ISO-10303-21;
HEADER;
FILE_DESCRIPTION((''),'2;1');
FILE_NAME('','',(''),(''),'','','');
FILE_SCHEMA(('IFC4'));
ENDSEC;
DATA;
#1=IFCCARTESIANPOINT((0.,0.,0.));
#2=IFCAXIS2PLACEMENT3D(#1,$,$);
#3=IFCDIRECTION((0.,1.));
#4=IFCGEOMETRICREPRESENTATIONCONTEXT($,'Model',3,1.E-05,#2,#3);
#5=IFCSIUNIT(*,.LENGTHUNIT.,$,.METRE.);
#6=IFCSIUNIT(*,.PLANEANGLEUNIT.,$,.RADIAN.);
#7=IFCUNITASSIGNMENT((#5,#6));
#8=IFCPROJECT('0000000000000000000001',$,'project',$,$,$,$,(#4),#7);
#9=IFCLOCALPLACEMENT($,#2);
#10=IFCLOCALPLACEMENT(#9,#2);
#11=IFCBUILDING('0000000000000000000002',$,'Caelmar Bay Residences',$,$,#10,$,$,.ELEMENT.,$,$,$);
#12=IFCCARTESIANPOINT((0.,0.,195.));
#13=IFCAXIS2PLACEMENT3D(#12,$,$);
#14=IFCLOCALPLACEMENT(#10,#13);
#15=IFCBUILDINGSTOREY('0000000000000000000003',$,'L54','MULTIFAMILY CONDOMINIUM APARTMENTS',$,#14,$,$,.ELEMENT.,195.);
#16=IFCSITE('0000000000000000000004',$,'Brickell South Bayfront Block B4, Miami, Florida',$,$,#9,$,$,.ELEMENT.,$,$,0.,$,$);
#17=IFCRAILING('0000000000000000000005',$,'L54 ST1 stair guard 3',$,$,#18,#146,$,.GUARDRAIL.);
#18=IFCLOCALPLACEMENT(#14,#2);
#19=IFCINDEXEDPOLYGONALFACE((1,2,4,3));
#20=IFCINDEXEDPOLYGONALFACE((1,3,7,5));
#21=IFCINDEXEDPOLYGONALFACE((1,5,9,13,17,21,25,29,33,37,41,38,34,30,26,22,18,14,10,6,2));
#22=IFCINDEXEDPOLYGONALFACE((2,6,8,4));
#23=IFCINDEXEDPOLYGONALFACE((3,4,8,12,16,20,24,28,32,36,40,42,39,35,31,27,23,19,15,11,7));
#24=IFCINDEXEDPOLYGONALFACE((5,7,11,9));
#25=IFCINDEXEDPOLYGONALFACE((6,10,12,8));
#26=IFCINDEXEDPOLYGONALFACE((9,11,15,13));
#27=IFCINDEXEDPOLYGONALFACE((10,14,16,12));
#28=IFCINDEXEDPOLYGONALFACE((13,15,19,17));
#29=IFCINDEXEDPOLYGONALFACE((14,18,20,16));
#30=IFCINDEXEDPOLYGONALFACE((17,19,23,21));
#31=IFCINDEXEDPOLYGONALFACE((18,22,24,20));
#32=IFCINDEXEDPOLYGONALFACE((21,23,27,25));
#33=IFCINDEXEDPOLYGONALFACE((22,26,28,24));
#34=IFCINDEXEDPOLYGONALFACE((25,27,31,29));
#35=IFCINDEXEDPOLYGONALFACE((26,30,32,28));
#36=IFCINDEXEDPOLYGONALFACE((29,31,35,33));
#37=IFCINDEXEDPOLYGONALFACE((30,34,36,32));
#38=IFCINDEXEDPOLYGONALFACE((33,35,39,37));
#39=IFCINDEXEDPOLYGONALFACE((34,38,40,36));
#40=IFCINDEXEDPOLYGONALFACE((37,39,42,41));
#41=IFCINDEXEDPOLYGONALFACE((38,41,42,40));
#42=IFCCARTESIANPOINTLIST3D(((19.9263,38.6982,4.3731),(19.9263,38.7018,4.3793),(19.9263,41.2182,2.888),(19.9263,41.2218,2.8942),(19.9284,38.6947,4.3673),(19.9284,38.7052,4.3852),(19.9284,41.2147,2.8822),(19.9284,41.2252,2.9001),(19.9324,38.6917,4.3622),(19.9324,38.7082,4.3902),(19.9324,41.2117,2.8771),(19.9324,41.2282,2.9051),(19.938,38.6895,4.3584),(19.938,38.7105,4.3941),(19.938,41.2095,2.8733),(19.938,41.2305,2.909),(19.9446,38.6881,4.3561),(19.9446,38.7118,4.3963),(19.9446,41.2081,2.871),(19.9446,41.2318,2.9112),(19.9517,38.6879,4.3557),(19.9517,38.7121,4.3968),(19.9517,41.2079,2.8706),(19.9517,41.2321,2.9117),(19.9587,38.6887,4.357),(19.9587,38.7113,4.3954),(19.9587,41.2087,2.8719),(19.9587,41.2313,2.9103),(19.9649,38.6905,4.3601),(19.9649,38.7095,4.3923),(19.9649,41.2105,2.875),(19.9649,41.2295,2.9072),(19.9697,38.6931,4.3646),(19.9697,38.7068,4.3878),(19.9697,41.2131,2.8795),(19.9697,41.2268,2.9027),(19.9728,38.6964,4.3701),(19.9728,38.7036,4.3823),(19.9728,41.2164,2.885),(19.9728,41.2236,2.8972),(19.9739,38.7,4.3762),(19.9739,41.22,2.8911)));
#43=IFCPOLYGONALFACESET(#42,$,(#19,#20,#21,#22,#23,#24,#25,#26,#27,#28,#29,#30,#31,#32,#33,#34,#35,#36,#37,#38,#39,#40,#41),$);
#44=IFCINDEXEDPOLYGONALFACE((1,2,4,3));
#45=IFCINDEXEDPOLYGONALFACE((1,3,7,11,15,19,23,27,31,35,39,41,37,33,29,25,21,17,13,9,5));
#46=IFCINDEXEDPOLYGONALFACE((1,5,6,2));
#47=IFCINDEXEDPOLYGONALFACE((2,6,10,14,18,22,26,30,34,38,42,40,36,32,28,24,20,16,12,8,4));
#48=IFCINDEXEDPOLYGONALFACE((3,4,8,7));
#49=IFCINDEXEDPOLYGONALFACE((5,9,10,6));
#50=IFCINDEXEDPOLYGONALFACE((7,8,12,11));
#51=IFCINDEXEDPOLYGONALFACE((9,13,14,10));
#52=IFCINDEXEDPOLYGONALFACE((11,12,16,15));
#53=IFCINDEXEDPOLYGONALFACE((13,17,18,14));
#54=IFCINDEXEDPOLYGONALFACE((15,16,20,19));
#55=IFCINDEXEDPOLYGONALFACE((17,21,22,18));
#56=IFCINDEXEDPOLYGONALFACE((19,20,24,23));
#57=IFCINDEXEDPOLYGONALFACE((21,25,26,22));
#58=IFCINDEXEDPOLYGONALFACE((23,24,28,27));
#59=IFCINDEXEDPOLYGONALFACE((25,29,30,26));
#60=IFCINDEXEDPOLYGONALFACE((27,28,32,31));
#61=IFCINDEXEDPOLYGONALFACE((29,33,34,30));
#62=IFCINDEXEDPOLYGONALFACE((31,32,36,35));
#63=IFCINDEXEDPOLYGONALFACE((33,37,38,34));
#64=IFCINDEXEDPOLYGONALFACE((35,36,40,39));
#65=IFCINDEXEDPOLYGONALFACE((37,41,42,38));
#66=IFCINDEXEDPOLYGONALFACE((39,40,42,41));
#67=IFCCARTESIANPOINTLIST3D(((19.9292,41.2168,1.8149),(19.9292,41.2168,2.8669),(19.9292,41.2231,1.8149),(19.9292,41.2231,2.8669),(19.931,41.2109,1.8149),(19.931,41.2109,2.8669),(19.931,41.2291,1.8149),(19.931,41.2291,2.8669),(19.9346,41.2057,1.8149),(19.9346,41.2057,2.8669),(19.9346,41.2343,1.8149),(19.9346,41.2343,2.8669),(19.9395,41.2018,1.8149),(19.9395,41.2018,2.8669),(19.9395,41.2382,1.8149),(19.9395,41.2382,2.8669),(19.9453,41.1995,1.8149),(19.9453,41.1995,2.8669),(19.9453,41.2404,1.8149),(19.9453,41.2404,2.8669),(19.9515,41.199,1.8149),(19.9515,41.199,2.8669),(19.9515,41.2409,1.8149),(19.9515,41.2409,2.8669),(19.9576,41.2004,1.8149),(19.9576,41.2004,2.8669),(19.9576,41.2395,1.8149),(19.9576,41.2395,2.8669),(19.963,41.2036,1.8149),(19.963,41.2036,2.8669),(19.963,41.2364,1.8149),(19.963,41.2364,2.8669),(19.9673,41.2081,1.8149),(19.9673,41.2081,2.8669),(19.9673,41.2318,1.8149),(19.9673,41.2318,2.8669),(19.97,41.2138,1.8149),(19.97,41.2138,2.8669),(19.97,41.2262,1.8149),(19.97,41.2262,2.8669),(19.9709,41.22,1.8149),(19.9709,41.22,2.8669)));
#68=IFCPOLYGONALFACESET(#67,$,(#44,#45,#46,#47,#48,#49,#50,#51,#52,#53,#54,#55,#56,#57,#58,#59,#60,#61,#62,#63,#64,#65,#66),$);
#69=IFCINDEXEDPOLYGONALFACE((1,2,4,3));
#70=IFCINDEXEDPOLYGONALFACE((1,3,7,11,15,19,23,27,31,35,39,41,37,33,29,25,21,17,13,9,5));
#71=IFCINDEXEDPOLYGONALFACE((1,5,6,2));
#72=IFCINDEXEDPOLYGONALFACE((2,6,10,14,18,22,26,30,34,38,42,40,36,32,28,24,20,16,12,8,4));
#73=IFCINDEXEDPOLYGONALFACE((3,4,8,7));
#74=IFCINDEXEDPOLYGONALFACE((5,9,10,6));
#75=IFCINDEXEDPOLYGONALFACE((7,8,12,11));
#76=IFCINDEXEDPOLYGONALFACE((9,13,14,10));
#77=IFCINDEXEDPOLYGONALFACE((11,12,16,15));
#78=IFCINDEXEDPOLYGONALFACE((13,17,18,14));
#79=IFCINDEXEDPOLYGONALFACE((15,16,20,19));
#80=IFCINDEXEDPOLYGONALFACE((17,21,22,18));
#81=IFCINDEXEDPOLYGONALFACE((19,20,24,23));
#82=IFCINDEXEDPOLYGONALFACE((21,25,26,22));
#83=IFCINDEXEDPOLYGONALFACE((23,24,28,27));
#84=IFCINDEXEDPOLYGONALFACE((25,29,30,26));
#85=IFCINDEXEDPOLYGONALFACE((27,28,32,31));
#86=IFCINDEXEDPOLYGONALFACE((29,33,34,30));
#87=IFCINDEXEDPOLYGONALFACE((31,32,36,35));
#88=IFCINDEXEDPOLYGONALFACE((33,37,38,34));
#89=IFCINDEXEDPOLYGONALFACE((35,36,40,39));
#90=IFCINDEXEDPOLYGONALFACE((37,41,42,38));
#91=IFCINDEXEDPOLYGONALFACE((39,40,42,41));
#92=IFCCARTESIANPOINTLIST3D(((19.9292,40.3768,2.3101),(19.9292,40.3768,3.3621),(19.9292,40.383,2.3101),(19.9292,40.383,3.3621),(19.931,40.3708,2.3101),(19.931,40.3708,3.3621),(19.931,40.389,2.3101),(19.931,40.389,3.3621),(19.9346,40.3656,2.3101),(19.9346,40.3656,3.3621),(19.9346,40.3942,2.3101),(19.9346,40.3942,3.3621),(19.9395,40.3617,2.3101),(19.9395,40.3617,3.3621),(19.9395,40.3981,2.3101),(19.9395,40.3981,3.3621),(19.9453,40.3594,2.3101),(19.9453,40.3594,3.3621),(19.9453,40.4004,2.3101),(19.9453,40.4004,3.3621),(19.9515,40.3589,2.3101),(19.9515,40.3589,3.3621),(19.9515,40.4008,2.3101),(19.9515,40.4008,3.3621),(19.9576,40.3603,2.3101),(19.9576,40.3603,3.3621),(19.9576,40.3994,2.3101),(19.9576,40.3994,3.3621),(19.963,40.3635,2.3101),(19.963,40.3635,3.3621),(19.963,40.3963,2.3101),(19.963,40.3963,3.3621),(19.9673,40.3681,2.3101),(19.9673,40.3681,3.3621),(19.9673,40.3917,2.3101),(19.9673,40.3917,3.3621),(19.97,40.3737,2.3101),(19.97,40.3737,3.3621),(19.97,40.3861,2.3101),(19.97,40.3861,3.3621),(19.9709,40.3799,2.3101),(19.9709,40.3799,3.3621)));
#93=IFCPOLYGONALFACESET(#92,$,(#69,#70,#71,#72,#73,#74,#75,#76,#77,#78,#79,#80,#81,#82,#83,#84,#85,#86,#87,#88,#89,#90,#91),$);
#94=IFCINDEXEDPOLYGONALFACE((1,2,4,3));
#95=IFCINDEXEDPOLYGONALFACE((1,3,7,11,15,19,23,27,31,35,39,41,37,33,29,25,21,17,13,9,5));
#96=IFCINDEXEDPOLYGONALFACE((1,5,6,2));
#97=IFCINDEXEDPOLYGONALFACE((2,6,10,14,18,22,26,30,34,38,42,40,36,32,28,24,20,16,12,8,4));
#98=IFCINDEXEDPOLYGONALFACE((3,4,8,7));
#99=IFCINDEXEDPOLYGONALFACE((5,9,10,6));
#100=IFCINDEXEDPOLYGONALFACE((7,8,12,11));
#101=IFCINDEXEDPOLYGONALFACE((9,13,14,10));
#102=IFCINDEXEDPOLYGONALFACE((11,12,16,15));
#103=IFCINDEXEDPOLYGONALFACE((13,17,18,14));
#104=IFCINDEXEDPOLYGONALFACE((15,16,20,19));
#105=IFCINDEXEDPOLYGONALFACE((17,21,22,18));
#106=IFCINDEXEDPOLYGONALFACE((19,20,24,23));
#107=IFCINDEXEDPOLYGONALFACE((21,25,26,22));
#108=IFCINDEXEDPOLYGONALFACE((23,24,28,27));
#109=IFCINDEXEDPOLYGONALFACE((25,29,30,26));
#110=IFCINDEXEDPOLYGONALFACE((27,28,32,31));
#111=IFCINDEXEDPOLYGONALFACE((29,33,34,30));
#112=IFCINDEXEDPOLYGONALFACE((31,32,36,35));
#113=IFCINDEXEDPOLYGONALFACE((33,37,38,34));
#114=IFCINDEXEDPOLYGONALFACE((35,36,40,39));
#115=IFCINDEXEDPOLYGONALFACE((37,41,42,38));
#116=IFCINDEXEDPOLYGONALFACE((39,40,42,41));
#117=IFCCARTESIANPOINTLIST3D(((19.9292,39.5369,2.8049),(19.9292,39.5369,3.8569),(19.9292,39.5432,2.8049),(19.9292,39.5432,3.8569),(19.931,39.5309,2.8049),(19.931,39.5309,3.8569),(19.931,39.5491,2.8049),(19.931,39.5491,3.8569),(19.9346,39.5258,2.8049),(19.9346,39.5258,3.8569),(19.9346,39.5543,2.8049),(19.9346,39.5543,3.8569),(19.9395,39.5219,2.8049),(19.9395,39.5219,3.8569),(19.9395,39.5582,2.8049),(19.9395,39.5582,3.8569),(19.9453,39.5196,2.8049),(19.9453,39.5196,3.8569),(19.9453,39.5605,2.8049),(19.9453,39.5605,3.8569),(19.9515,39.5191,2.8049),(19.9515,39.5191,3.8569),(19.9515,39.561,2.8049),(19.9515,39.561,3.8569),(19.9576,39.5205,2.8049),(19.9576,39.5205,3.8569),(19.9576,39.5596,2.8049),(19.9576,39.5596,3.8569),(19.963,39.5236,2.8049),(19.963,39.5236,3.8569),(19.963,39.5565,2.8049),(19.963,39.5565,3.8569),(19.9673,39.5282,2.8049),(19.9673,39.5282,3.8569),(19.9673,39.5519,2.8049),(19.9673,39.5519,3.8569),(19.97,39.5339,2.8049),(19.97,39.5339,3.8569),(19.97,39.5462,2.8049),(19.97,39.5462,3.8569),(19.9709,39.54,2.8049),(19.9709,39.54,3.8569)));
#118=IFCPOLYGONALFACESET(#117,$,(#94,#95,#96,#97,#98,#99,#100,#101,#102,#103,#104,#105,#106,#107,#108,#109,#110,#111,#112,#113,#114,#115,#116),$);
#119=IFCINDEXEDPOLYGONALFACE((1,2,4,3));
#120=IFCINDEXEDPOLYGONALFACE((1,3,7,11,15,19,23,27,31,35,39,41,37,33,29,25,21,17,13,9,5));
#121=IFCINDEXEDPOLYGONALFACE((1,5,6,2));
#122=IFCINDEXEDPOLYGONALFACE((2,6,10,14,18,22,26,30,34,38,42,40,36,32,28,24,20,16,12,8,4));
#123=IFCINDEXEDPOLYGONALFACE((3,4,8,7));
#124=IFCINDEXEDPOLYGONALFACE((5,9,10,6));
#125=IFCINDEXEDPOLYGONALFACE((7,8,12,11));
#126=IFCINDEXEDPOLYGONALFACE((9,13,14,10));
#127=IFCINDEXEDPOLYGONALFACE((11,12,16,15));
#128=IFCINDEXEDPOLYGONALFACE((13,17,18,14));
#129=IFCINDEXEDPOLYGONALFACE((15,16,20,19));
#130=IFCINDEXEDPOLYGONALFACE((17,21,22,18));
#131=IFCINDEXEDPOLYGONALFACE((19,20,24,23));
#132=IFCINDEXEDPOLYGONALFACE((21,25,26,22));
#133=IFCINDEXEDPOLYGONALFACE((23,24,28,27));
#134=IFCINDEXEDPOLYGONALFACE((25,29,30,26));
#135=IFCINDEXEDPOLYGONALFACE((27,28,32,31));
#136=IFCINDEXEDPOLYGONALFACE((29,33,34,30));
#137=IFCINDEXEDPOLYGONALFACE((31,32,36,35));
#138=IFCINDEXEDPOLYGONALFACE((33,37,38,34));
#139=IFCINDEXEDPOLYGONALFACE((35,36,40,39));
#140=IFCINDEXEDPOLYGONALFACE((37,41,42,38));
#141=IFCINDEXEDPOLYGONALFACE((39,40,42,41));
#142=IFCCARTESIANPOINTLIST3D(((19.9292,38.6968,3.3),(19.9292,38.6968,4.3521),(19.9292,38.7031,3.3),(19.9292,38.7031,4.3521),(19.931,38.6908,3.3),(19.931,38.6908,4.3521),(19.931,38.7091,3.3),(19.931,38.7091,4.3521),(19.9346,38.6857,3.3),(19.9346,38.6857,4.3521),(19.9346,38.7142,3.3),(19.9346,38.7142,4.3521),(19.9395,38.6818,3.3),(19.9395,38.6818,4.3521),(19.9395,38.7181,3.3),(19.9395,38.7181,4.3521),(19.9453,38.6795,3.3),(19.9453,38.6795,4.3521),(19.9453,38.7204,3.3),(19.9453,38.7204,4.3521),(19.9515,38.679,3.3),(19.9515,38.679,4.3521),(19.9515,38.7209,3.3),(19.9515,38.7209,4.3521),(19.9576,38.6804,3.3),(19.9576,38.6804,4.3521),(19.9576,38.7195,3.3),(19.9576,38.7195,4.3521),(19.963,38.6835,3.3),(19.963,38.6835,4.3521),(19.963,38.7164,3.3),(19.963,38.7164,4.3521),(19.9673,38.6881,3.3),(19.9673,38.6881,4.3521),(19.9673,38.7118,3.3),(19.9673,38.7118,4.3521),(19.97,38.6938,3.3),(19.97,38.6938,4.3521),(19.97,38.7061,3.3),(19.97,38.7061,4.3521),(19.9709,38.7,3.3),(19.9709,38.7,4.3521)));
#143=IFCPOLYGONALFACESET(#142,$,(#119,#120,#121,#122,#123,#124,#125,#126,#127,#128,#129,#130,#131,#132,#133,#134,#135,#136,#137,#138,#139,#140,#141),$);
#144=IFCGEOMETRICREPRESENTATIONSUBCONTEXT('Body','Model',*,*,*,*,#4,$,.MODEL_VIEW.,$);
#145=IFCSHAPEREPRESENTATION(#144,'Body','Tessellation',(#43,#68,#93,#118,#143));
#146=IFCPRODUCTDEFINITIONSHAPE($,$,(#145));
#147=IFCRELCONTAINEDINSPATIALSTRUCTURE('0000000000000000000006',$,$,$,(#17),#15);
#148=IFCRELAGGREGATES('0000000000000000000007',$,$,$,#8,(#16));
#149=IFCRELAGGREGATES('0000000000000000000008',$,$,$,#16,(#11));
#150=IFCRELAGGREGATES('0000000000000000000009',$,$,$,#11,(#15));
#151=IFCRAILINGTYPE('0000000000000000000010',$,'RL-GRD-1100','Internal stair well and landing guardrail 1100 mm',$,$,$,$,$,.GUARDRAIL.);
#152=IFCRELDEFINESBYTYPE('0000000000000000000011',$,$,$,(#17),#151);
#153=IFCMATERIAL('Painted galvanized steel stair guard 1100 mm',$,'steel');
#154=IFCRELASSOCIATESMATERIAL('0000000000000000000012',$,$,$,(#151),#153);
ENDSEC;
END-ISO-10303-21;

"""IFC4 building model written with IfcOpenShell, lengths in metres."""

from ifc_helpers import new_model, si_unit, direction, frame, origin, origin_2d, place, context, subcontext, project, spatial, circle, extrude, material, type_object, element, save


model = new_model("IFC4")

# Units and contexts
model_context = context("Model", 3, precision=1e-05, world=origin(), true_north=direction((0.0, 1.0)))
body_context = subcontext(model_context, "Body", "Model", "MODEL_VIEW")
ifc_project = project(units=[si_unit("LENGTHUNIT", "METRE"), si_unit("PLANEANGLEUNIT", "RADIAN")], contexts=[model_context])

# Site, building, storey
site_placement = place(None, origin())
site = spatial("IfcSite", under=ifc_project, at=site_placement, Name="Brickell South Bayfront Block B4, Miami, Florida", CompositionType="ELEMENT", RefElevation=0.0)
building_placement = place(site_placement, origin())
building = spatial("IfcBuilding", under=site, at=building_placement, Name="Caelmar Bay Residences", CompositionType="ELEMENT")
storey_placement = place(building_placement, frame((0.0, 0.0, 195.0)))
storey = spatial("IfcBuildingStorey", under=building, at=storey_placement, Name="L54", Description="MULTIFAMILY CONDOMINIUM APARTMENTS", CompositionType="ELEMENT", Elevation=195.0)

# Railing
ifc_material_1 = material(Name="Painted galvanized steel stair guard 1100 mm", Category="steel")
railing_type_1 = type_object("IfcRailingType", Name="RL-GRD-1100", Description="Internal stair well and landing guardrail 1100 mm", PredefinedType="GUARDRAIL", material=ifc_material_1)
railing_1_placement = place(storey_placement, frame((19.95, 41.22, 1.8149)))
element("IfcRailing", 1, at=railing_1_placement, inside=storey, type_object=railing_type_1, Name="L54 ST1 stair guard 3", PredefinedType="GUARDRAIL", context=body_context, shape_type="SweptSolid", body=[
    extrude(circle(Radius=0.0239, at=origin_2d()), frame((0.0, 0.0, 1.0762), z_axis=(0.0, -0.861524, 0.507717), x_axis=(1.0, 0.0, 0.0)), (0.0, 0.0, 1.0), 2.925),
    extrude(circle(Radius=0.021, at=origin_2d()), origin(), (0.0, 0.0, 1.0), 1.052),
    extrude(circle(Radius=0.021, at=origin_2d()), frame((0.0, -0.8401, 0.4951)), (0.0, 0.0, 1.0), 1.052),
    extrude(circle(Radius=0.021, at=origin_2d()), frame((0.0, -1.6799, 0.99)), (0.0, 0.0, 1.0), 1.052),
    extrude(circle(Radius=0.021, at=origin_2d()), frame((0.0, -2.52, 1.4851)), (0.0, 0.0, 1.0), 1.052),
])

save(model, "model.ifc")
